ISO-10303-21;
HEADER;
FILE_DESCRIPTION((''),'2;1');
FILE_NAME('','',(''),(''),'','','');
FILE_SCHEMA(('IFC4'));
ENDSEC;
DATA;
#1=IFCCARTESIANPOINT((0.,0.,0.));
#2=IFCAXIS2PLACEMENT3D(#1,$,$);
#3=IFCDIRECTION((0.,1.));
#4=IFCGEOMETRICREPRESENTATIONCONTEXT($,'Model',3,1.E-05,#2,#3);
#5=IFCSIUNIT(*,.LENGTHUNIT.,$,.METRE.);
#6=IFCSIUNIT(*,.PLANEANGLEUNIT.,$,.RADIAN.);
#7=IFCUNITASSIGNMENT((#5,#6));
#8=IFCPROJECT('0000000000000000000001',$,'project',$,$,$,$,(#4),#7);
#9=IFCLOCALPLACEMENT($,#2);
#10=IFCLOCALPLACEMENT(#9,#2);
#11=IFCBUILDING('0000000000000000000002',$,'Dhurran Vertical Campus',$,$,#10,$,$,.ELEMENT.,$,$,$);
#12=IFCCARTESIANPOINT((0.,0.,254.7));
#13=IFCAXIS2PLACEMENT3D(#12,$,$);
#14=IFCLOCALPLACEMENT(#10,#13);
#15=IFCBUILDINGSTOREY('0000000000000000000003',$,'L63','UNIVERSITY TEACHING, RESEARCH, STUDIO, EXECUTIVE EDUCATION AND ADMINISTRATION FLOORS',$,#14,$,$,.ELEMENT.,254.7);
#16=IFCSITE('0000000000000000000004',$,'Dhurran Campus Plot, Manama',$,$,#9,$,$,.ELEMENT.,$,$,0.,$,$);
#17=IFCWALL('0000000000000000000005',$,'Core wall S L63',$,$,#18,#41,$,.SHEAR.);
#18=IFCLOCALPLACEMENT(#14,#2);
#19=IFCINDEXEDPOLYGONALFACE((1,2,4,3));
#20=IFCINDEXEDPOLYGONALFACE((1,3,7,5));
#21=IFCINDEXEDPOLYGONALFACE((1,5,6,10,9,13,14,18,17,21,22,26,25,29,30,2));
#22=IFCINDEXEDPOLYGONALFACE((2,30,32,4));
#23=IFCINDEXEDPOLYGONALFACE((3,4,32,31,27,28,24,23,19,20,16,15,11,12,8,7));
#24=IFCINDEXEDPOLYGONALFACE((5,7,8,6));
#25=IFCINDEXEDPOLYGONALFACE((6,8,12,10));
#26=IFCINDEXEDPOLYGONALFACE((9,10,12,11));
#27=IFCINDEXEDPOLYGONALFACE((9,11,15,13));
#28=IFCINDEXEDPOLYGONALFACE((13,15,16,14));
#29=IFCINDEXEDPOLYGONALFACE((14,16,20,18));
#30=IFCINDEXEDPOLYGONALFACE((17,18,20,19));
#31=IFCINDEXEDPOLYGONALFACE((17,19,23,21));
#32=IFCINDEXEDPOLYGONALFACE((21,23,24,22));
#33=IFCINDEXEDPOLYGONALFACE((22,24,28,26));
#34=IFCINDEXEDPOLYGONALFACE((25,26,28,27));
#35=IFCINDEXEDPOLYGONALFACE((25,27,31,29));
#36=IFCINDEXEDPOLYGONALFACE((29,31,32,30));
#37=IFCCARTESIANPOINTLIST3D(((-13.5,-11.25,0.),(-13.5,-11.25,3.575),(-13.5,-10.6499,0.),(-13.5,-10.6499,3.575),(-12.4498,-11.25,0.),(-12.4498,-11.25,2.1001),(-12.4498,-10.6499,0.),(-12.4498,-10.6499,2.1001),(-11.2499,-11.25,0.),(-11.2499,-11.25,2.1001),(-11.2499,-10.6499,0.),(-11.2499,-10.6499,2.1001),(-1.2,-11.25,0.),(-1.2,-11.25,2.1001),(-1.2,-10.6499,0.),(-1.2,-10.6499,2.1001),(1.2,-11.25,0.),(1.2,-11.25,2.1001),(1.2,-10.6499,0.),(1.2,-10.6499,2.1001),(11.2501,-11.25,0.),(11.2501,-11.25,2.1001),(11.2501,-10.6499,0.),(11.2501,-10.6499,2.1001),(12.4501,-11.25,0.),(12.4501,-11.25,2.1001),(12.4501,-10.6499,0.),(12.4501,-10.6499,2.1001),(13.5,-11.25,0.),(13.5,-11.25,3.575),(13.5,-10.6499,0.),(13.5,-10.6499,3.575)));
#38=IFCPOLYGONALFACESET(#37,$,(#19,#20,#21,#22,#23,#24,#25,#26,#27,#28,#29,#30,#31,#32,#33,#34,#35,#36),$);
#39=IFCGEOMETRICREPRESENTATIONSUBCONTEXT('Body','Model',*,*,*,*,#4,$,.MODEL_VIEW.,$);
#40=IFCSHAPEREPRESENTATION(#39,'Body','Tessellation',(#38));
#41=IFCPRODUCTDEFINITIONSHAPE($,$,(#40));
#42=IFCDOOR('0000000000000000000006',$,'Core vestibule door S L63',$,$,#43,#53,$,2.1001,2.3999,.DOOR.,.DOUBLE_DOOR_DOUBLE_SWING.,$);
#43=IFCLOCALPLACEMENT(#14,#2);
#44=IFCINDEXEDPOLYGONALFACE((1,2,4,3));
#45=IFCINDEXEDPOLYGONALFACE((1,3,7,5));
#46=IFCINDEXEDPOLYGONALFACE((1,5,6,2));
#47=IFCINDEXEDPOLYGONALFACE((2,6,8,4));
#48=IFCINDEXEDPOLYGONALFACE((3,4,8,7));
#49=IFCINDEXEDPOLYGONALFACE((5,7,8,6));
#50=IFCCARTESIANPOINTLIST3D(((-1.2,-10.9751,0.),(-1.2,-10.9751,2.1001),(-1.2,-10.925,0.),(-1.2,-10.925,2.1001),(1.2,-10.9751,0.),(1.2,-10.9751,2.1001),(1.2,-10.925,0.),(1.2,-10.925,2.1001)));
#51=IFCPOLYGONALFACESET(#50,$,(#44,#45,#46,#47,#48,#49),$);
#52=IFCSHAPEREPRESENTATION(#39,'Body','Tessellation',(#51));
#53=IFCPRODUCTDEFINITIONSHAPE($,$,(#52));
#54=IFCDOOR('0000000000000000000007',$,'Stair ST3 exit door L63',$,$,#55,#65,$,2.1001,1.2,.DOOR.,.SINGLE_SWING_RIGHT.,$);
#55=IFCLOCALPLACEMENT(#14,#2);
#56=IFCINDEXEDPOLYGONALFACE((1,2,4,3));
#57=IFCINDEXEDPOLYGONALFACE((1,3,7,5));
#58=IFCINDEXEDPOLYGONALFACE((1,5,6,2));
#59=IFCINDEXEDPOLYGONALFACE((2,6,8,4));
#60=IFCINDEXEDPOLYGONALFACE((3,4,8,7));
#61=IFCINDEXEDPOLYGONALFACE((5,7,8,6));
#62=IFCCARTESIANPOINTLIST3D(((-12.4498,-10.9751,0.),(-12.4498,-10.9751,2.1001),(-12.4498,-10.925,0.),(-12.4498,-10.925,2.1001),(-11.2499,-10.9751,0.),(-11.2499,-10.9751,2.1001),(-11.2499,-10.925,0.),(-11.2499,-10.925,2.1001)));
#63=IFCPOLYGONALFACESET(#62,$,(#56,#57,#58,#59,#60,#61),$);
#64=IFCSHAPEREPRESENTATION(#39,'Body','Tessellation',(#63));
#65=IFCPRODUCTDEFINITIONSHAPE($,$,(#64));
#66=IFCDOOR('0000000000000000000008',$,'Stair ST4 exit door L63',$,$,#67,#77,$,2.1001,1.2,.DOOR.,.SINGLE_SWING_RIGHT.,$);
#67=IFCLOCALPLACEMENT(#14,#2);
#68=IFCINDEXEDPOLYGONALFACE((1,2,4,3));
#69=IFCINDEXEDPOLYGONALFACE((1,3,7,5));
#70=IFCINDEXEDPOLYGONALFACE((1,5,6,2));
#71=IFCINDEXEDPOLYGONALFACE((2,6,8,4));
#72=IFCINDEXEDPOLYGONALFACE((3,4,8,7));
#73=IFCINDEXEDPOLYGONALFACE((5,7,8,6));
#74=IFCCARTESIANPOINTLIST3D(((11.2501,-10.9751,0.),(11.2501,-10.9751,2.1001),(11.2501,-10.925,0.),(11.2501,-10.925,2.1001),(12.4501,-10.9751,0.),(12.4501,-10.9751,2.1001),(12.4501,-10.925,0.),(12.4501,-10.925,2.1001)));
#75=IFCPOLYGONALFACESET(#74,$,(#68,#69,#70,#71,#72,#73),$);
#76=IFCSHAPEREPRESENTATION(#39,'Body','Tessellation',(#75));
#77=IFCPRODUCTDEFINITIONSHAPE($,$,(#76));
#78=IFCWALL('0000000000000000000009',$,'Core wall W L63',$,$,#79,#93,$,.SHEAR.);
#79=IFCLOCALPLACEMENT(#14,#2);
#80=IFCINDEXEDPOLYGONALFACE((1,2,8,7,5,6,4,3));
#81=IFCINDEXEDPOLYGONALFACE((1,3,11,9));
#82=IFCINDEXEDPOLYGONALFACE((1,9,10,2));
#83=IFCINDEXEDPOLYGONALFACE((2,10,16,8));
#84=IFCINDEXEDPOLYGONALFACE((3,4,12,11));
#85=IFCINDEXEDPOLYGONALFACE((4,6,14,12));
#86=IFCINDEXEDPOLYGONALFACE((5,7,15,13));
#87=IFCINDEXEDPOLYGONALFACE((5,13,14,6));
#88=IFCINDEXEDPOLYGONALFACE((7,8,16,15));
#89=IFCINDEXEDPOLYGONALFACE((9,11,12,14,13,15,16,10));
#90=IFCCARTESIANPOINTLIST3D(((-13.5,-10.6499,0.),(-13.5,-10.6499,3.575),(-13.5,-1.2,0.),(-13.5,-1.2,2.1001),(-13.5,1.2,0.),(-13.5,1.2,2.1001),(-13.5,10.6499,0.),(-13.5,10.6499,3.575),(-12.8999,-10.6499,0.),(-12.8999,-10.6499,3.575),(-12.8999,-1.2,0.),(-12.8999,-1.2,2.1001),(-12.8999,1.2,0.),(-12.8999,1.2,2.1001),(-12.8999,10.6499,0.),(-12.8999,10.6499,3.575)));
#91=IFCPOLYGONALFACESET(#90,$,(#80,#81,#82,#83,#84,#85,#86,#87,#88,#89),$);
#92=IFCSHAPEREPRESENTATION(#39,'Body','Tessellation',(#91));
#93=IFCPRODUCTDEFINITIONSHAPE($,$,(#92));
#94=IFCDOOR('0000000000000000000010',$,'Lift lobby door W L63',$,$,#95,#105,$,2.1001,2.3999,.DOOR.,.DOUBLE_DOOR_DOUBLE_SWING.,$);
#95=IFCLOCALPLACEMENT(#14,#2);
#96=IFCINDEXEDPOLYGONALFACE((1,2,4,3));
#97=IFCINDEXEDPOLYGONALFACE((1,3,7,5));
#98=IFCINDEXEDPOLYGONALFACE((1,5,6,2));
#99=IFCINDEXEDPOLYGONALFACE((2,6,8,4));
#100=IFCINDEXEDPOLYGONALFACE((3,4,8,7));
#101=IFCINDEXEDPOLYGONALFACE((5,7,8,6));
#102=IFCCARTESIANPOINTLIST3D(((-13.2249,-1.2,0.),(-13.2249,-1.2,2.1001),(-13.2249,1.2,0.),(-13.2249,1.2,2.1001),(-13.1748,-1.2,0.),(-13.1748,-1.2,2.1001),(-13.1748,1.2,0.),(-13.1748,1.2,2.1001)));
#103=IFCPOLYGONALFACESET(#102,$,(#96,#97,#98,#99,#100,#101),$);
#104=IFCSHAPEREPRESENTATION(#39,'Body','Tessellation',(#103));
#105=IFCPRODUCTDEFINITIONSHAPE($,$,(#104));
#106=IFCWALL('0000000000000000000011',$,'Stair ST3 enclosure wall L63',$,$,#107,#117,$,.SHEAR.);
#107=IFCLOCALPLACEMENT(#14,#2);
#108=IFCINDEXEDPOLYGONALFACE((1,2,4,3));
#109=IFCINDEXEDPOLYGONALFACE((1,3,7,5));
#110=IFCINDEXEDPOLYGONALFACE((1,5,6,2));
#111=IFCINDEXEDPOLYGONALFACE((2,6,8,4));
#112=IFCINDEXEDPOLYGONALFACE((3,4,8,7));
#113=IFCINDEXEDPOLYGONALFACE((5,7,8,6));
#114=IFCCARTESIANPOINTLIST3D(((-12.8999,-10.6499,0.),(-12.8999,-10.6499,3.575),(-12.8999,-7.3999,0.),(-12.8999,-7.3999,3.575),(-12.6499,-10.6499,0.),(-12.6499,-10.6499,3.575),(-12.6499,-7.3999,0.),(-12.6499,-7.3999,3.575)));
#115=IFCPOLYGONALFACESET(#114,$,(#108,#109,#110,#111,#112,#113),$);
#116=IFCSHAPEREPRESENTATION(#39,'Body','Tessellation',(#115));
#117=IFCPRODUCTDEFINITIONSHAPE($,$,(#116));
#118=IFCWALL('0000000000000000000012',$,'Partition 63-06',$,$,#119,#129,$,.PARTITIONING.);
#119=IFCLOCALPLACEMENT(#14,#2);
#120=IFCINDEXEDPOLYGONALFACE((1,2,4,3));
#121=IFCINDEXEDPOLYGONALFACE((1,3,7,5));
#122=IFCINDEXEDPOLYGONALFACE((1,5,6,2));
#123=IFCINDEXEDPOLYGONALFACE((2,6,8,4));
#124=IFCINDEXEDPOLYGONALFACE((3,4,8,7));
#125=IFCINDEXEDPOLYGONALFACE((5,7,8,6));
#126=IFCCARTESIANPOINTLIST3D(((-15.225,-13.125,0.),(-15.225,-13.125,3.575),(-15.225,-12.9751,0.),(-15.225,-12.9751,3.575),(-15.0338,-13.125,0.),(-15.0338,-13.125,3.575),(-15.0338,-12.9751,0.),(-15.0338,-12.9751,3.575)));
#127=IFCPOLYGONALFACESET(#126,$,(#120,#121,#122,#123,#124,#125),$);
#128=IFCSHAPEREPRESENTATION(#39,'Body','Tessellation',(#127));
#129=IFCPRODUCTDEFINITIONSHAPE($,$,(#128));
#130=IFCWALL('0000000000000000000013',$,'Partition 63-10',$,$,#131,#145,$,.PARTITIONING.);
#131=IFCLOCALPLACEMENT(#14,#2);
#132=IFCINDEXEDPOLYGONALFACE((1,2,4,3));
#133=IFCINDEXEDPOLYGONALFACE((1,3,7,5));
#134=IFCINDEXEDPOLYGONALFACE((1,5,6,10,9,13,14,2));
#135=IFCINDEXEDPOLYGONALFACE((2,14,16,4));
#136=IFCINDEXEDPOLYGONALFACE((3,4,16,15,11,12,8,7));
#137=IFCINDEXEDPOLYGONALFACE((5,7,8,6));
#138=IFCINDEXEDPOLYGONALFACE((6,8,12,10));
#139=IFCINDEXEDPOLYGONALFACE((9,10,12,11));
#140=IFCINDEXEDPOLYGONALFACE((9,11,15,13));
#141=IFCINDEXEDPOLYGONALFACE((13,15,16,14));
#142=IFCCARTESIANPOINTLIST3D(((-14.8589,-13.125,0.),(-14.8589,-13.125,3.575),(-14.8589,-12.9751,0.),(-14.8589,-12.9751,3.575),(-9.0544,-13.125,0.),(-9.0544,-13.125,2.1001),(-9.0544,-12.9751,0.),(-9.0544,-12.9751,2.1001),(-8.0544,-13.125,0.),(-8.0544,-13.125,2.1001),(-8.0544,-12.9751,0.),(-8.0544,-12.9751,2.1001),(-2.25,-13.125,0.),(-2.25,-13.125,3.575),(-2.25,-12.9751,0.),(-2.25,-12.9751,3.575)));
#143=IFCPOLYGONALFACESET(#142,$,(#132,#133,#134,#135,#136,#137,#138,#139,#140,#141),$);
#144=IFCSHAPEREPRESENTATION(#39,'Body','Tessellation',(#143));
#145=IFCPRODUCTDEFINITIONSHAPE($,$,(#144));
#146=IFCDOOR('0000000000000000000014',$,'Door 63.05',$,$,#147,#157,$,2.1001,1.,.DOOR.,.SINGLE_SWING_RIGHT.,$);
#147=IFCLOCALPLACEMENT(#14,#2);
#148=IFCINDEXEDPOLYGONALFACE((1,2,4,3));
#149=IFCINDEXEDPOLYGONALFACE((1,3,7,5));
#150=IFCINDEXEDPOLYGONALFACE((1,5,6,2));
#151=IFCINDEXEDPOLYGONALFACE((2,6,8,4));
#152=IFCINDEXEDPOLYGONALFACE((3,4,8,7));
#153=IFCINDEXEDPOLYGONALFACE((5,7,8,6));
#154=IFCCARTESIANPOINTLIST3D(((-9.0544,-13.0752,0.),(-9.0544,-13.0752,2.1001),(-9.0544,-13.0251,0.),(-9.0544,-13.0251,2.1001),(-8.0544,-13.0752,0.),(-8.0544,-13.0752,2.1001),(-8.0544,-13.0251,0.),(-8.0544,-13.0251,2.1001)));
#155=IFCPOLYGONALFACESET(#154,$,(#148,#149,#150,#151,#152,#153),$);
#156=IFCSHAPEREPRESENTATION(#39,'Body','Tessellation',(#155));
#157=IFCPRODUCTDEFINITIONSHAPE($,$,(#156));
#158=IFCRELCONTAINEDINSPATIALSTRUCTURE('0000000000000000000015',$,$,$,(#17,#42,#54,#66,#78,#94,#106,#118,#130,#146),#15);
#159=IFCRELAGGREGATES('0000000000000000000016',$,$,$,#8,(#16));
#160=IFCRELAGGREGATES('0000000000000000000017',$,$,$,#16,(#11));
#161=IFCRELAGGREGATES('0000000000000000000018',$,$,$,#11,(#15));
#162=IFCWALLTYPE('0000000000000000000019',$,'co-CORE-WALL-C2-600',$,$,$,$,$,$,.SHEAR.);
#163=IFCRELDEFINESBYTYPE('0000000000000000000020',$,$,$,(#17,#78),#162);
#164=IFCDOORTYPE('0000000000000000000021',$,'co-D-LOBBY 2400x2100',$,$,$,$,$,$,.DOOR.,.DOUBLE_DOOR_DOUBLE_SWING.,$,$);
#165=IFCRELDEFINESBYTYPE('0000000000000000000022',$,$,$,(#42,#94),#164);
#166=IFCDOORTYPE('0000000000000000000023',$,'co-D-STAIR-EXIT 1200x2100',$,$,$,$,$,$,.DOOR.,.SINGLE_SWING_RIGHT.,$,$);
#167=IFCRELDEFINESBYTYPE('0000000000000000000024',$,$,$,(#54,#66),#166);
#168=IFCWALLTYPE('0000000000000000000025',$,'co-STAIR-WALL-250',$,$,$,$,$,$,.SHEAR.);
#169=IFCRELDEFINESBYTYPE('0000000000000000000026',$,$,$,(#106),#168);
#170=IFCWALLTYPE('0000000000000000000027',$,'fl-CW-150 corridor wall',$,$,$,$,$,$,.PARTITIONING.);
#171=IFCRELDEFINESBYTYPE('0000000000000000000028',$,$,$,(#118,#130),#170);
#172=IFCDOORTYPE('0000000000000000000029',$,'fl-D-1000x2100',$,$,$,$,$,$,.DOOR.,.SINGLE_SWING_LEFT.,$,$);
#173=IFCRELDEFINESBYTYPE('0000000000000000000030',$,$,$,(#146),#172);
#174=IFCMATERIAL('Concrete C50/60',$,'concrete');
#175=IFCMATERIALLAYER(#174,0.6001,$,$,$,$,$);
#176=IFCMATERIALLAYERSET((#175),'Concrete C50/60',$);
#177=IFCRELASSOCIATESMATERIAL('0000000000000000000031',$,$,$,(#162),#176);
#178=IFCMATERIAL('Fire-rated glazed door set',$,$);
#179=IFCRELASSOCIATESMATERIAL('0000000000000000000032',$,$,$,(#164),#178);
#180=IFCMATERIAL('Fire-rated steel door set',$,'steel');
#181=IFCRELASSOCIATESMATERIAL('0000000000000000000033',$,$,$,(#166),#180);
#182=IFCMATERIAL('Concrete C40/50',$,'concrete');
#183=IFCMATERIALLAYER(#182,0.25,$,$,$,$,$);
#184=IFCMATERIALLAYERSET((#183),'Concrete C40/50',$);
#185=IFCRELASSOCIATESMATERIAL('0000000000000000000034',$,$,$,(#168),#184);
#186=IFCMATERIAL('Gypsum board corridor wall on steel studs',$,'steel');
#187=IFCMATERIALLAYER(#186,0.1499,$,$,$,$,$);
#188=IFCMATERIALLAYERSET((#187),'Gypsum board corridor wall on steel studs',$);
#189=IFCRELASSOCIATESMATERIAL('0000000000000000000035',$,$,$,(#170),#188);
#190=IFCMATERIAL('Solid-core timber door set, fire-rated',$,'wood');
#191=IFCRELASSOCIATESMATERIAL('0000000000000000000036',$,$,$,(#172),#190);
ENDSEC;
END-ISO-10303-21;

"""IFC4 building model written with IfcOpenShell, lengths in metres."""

from ifc_helpers import new_model, si_unit, direction, frame, frame_2d, origin, place, context, subcontext, project, spatial, rectangle, extrude, material, layer, layer_set, type_object, element, fill, save


model = new_model("IFC4")

# Units and contexts
model_context = context("Model", 3, precision=1e-05, world=origin(), true_north=direction((0.0, 1.0)))
body_context = subcontext(model_context, "Body", "Model", "MODEL_VIEW")
ifc_project = project(units=[si_unit("LENGTHUNIT", "METRE"), si_unit("PLANEANGLEUNIT", "RADIAN")], contexts=[model_context])

# Site, building, storey
site_placement = place(None, origin())
site = spatial("IfcSite", under=ifc_project, at=site_placement, Name="Dhurran Campus Plot, Manama", CompositionType="ELEMENT", RefElevation=0.0)
building_placement = place(site_placement, origin())
building = spatial("IfcBuilding", under=site, at=building_placement, Name="Dhurran Vertical Campus", CompositionType="ELEMENT")
storey_placement = place(building_placement, frame((0.0, 0.0, 254.7)))
storey = spatial("IfcBuildingStorey", under=building, at=storey_placement, Name="L63", Description="UNIVERSITY TEACHING, RESEARCH, STUDIO, EXECUTIVE EDUCATION AND ADMINISTRATION FLOORS", CompositionType="ELEMENT", Elevation=254.7)

# Wall, openings, doors
ifc_material_1 = material(Name="Concrete C50/60", Category="concrete")
ifc_layer_1 = layer(ifc_material_1, 0.6001)
ifc_layer_set_1 = layer_set([ifc_layer_1], Name="Concrete C50/60")
wall_type_1 = type_object("IfcWallType", Name="co-CORE-WALL-C2-600", PredefinedType="SHEAR", material=ifc_layer_set_1)
wall_1_placement = place(storey_placement, frame((-13.5, -10.95, 0.0), z_axis=(0.0, 0.0, 1.0), x_axis=(1.0, 0.0, 0.0)))
wall_1 = element("IfcWall", 1, at=wall_1_placement, inside=storey, type_object=wall_type_1, Name="Core wall S L63", PredefinedType="SHEAR", context=body_context, shape_type="SweptSolid", body=[
    extrude(rectangle(XDim=27.0, YDim=0.6001, at=frame_2d((13.5, 0.0))), origin(), (0.0, 0.0, 1.0), 3.575),
])
opening_1_placement = place(wall_1_placement, frame((12.3, 0.0, 0.0)))
opening_1 = element("IfcOpeningElement", 2, at=opening_1_placement, cuts=wall_1, PredefinedType="OPENING", context=body_context, shape_type="SweptSolid", body=[
    extrude(rectangle(XDim=2.3999, YDim=2.1001, at=frame_2d((1.2, 1.05))), frame((0.0, 0.3101, 0.0), z_axis=(0.0, -1.0, 0.0), x_axis=(1.0, 0.0, 0.0)), (0.0, 0.0, 1.0), 0.6201),
])
opening_2_placement = place(wall_1_placement, frame((1.05, 0.0, 0.0)))
opening_2 = element("IfcOpeningElement", 3, at=opening_2_placement, cuts=wall_1, PredefinedType="OPENING", context=body_context, shape_type="SweptSolid", body=[
    extrude(rectangle(XDim=1.2, YDim=2.1001, at=frame_2d((0.6001, 1.05))), frame((0.0, 0.3101, 0.0), z_axis=(0.0, -1.0, 0.0), x_axis=(1.0, 0.0, 0.0)), (0.0, 0.0, 1.0), 0.6201),
])
opening_3_placement = place(wall_1_placement, frame((24.75, 0.0, 0.0)))
opening_3 = element("IfcOpeningElement", 4, at=opening_3_placement, cuts=wall_1, PredefinedType="OPENING", context=body_context, shape_type="SweptSolid", body=[
    extrude(rectangle(XDim=1.2, YDim=2.1001, at=frame_2d((0.6001, 1.05))), frame((0.0, 0.3101, 0.0), z_axis=(0.0, -1.0, 0.0), x_axis=(1.0, 0.0, 0.0)), (0.0, 0.0, 1.0), 0.6201),
])
ifc_material_2 = material(Name="Fire-rated glazed door set")
door_type_1 = type_object("IfcDoorType", Name="co-D-LOBBY 2400x2100", OperationType="DOUBLE_DOOR_DOUBLE_SWING", PredefinedType="DOOR", material=ifc_material_2)
door_1_placement = place(opening_1_placement, origin())
door_1 = element("IfcDoor", 5, at=door_1_placement, inside=storey, type_object=door_type_1, Name="Core vestibule door S L63", OperationType="DOUBLE_DOOR_DOUBLE_SWING", OverallHeight=2.1001, OverallWidth=2.3999, PredefinedType="DOOR", context=body_context, shape_type="SweptSolid", body=[
    extrude(rectangle(XDim=2.3999, YDim=2.1001, at=frame_2d((1.2, 1.05))), frame((0.0, 0.0249, 0.0), z_axis=(0.0, -1.0, 0.0), x_axis=(1.0, 0.0, 0.0)), (0.0, 0.0, 1.0), 0.05),
])
fill(opening_1, door_1)
ifc_material_3 = material(Name="Fire-rated steel door set", Category="steel")
door_type_2 = type_object("IfcDoorType", Name="co-D-STAIR-EXIT 1200x2100", OperationType="SINGLE_SWING_RIGHT", PredefinedType="DOOR", material=ifc_material_3)
door_2_placement = place(opening_2_placement, origin())
door_2 = element("IfcDoor", 6, at=door_2_placement, inside=storey, type_object=door_type_2, Name="Stair ST3 exit door L63", OperationType="SINGLE_SWING_RIGHT", OverallHeight=2.1001, OverallWidth=1.2, PredefinedType="DOOR", context=body_context, shape_type="SweptSolid", body=[
    extrude(rectangle(XDim=1.2, YDim=2.1001, at=frame_2d((0.6001, 1.05))), frame((0.0, 0.0249, 0.0), z_axis=(0.0, -1.0, 0.0), x_axis=(1.0, 0.0, 0.0)), (0.0, 0.0, 1.0), 0.05),
])
fill(opening_2, door_2)
door_3_placement = place(opening_3_placement, origin())
door_3 = element("IfcDoor", 7, at=door_3_placement, inside=storey, type_object=door_type_2, Name="Stair ST4 exit door L63", OperationType="SINGLE_SWING_RIGHT", OverallHeight=2.1001, OverallWidth=1.2, PredefinedType="DOOR", context=body_context, shape_type="SweptSolid", body=[
    extrude(rectangle(XDim=1.2, YDim=2.1001, at=frame_2d((0.6001, 1.05))), frame((0.0, 0.0249, 0.0), z_axis=(0.0, -1.0, 0.0), x_axis=(1.0, 0.0, 0.0)), (0.0, 0.0, 1.0), 0.05),
])
fill(opening_3, door_3)

# Wall, opening, door
wall_2_placement = place(storey_placement, frame((-13.2, -10.6499, 0.0), z_axis=(0.0, 0.0, 1.0), x_axis=(0.0, 1.0, 0.0)))
wall_2 = element("IfcWall", 8, at=wall_2_placement, inside=storey, type_object=wall_type_1, Name="Core wall W L63", PredefinedType="SHEAR", context=body_context, shape_type="SweptSolid", body=[
    extrude(rectangle(XDim=21.2998, YDim=0.6001, at=frame_2d((10.6499, 0.0))), origin(), (0.0, 0.0, 1.0), 3.575),
])
opening_4_placement = place(wall_2_placement, frame((9.45, 0.0, 0.0)))
opening_4 = element("IfcOpeningElement", 9, at=opening_4_placement, cuts=wall_2, PredefinedType="OPENING", context=body_context, shape_type="SweptSolid", body=[
    extrude(rectangle(XDim=2.3999, YDim=2.1001, at=frame_2d((1.2, 1.05))), frame((0.0, 0.3101, 0.0), z_axis=(0.0, -1.0, 0.0), x_axis=(1.0, 0.0, 0.0)), (0.0, 0.0, 1.0), 0.6201),
])
door_4_placement = place(opening_4_placement, origin())
door_4 = element("IfcDoor", 10, at=door_4_placement, inside=storey, type_object=door_type_1, Name="Lift lobby door W L63", OperationType="DOUBLE_DOOR_DOUBLE_SWING", OverallHeight=2.1001, OverallWidth=2.3999, PredefinedType="DOOR", context=body_context, shape_type="SweptSolid", body=[
    extrude(rectangle(XDim=2.3999, YDim=2.1001, at=frame_2d((1.2, 1.05))), frame((0.0, 0.0249, 0.0), z_axis=(0.0, -1.0, 0.0), x_axis=(1.0, 0.0, 0.0)), (0.0, 0.0, 1.0), 0.05),
])
fill(opening_4, door_4)

# Walls
ifc_material_4 = material(Name="Concrete C40/50", Category="concrete")
ifc_layer_2 = layer(ifc_material_4, 0.25)
ifc_layer_set_2 = layer_set([ifc_layer_2], Name="Concrete C40/50")
wall_type_2 = type_object("IfcWallType", Name="co-STAIR-WALL-250", PredefinedType="SHEAR", material=ifc_layer_set_2)
wall_3_placement = place(storey_placement, frame((-12.7749, -10.6499, 0.0), z_axis=(0.0, 0.0, 1.0), x_axis=(0.0, 1.0, 0.0)))
element("IfcWall", 11, at=wall_3_placement, inside=storey, type_object=wall_type_2, Name="Stair ST3 enclosure wall L63", PredefinedType="SHEAR", context=body_context, shape_type="SweptSolid", body=[
    extrude(rectangle(XDim=3.25, YDim=0.25, at=frame_2d((1.625, 0.0))), origin(), (0.0, 0.0, 1.0), 3.575),
])
ifc_material_5 = material(Name="Gypsum board corridor wall on steel studs", Category="steel")
ifc_layer_3 = layer(ifc_material_5, 0.1499)
ifc_layer_set_3 = layer_set([ifc_layer_3], Name="Gypsum board corridor wall on steel studs")
wall_type_3 = type_object("IfcWallType", Name="fl-CW-150 corridor wall", PredefinedType="PARTITIONING", material=ifc_layer_set_3)
wall_4_placement = place(storey_placement, frame((-15.2251, -13.05, 0.0), z_axis=(0.0, 0.0, 1.0), x_axis=(1.0, 0.0, 0.0)))
element("IfcWall", 12, at=wall_4_placement, inside=storey, type_object=wall_type_3, Name="Partition 63-06", PredefinedType="PARTITIONING", context=body_context, shape_type="SweptSolid", body=[
    extrude(rectangle(XDim=0.1912, YDim=0.1499, at=frame_2d((0.0957, 0.0))), origin(), (0.0, 0.0, 1.0), 3.575),
])

# Wall, opening, door
wall_5_placement = place(storey_placement, frame((-14.8589, -13.05, 0.0), z_axis=(0.0, 0.0, 1.0), x_axis=(1.0, 0.0, 0.0)))
wall_5 = element("IfcWall", 13, at=wall_5_placement, inside=storey, type_object=wall_type_3, Name="Partition 63-10", PredefinedType="PARTITIONING", context=body_context, shape_type="SweptSolid", body=[
    extrude(rectangle(XDim=12.6089, YDim=0.1499, at=frame_2d((6.3044, 0.0))), origin(), (0.0, 0.0, 1.0), 3.575),
])
opening_5_placement = place(wall_5_placement, frame((5.8044, 0.0, 0.0)))
opening_5 = element("IfcOpeningElement", 14, at=opening_5_placement, cuts=wall_5, PredefinedType="OPENING", context=body_context, shape_type="SweptSolid", body=[
    extrude(rectangle(XDim=1.0, YDim=2.1001, at=frame_2d((0.5, 1.05))), frame((0.0, 0.085, 0.0), z_axis=(0.0, -1.0, 0.0), x_axis=(1.0, 0.0, 0.0)), (0.0, 0.0, 1.0), 0.1699),
])
ifc_material_6 = material(Name="Solid-core timber door set, fire-rated", Category="wood")
door_type_3 = type_object("IfcDoorType", Name="fl-D-1000x2100", OperationType="SINGLE_SWING_LEFT", PredefinedType="DOOR", material=ifc_material_6)
door_5_placement = place(opening_5_placement, origin())
door_5 = element("IfcDoor", 15, at=door_5_placement, inside=storey, type_object=door_type_3, Name="Door 63.05", OperationType="SINGLE_SWING_RIGHT", OverallHeight=2.1001, OverallWidth=1.0, PredefinedType="DOOR", context=body_context, shape_type="SweptSolid", body=[
    extrude(rectangle(XDim=1.0, YDim=2.1001, at=frame_2d((0.5, 1.05))), frame((0.0, 0.0249, 0.0), z_axis=(0.0, -1.0, 0.0), x_axis=(1.0, 0.0, 0.0)), (0.0, 0.0, 1.0), 0.05),
])
fill(opening_5, door_5)

save(model, "model.ifc")
